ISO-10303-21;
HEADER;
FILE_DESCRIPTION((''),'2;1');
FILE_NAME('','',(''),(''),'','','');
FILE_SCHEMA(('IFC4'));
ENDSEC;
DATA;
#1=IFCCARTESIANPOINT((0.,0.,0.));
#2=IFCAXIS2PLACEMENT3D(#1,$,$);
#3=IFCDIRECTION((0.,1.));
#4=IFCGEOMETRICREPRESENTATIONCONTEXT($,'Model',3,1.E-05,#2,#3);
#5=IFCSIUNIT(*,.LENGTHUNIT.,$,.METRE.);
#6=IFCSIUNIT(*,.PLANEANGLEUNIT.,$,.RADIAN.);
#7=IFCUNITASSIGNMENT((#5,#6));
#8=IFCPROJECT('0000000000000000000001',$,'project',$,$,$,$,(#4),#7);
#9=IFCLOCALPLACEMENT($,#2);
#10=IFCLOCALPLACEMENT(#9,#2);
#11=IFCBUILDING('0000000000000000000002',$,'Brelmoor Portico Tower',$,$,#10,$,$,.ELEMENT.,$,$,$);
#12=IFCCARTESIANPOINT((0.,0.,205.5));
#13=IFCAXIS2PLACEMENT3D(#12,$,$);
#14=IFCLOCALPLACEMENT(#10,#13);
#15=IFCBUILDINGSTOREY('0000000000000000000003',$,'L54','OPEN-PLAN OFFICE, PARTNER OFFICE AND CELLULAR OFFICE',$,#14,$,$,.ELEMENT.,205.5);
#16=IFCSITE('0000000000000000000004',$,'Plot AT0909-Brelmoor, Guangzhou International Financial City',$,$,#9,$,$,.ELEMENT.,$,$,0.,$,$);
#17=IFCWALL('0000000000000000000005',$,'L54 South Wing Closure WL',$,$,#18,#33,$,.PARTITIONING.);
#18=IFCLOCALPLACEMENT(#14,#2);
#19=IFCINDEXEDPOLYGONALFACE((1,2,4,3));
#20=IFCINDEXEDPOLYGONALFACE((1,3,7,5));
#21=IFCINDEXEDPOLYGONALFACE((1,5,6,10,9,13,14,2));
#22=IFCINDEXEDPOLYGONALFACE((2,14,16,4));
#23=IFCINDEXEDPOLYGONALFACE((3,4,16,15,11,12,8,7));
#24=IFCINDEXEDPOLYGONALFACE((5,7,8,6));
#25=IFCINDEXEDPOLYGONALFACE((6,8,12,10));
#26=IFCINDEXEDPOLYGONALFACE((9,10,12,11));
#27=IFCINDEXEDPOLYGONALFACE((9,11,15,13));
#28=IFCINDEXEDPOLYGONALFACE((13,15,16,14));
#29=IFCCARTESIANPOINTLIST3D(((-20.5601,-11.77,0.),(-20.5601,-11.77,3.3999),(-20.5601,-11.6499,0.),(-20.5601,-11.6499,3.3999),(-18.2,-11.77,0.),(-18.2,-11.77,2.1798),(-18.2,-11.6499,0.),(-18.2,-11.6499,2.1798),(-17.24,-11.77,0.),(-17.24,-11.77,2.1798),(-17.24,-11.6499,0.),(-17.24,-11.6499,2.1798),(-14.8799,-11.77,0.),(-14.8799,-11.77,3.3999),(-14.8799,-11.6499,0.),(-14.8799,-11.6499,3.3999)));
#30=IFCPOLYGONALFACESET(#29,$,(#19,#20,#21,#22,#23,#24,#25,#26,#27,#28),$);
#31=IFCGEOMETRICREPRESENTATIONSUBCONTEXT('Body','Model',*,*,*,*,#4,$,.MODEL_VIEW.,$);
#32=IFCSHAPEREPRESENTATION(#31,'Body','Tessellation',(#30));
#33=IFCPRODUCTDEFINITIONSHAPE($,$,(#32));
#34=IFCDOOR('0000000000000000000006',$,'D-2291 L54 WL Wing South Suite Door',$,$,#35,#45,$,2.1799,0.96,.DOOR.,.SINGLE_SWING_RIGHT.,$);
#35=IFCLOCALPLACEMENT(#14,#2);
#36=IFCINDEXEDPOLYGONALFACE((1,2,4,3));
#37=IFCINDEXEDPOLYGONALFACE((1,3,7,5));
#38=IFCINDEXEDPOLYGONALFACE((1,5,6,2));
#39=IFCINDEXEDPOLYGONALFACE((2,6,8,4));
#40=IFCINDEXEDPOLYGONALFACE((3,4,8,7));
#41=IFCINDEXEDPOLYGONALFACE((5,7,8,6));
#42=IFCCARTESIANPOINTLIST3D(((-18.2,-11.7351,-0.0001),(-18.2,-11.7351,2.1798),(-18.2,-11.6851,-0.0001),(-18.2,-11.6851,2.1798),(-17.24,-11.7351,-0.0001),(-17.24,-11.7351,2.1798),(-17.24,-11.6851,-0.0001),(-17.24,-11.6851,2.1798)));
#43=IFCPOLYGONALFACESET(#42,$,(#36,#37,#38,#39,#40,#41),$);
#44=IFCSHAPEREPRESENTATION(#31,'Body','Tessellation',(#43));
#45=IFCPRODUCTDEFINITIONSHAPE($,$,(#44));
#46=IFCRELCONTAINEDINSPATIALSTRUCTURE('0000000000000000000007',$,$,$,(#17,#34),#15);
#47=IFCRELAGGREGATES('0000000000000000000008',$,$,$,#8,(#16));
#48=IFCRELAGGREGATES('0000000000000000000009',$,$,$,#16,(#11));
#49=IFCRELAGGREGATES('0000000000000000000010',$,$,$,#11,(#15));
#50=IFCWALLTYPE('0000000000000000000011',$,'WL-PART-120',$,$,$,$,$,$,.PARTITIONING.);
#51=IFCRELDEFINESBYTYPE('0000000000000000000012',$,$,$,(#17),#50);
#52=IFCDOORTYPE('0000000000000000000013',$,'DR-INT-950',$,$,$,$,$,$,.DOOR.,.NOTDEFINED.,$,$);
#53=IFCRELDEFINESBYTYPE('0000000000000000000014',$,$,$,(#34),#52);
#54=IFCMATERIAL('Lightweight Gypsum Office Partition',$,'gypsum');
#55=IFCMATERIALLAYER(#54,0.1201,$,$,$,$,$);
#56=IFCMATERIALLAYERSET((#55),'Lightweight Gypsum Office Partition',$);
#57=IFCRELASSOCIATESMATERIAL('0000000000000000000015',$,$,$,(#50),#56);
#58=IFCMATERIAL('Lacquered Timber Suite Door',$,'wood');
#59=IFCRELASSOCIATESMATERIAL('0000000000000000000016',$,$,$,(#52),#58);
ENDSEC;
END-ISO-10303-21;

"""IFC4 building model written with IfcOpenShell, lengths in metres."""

from ifc_helpers import new_model, si_unit, direction, frame, frame_2d, origin, place, context, subcontext, project, spatial, rectangle, extrude, material, layer, layer_set, type_object, element, fill, save


model = new_model("IFC4")

# Units and contexts
model_context = context("Model", 3, precision=1e-05, world=origin(), true_north=direction((0.0, 1.0)))
body_context = subcontext(model_context, "Body", "Model", "MODEL_VIEW")
ifc_project = project(units=[si_unit("LENGTHUNIT", "METRE"), si_unit("PLANEANGLEUNIT", "RADIAN")], contexts=[model_context])

# Site, building, storey
site_placement = place(None, origin())
site = spatial("IfcSite", under=ifc_project, at=site_placement, Name="Plot AT0909-Brelmoor, Guangzhou International Financial City", CompositionType="ELEMENT", RefElevation=0.0)
building_placement = place(site_placement, origin())
building = spatial("IfcBuilding", under=site, at=building_placement, Name="Brelmoor Portico Tower", CompositionType="ELEMENT")
storey_placement = place(building_placement, frame((0.0, 0.0, 205.5)))
storey = spatial("IfcBuildingStorey", under=building, at=storey_placement, Name="L54", Description="OPEN-PLAN OFFICE, PARTNER OFFICE AND CELLULAR OFFICE", CompositionType="ELEMENT", Elevation=205.5)

# Wall, opening, door
ifc_material_1 = material(Name="Lightweight Gypsum Office Partition", Category="gypsum")
ifc_layer_1 = layer(ifc_material_1, 0.1201)
ifc_layer_set_1 = layer_set([ifc_layer_1], Name="Lightweight Gypsum Office Partition")
wall_type_1 = type_object("IfcWallType", Name="WL-PART-120", PredefinedType="PARTITIONING", material=ifc_layer_set_1)
wall_1_placement = place(storey_placement, frame((-20.5601, -11.71, 0.0), z_axis=(0.0, 0.0, 1.0), x_axis=(1.0, 0.0, 0.0)))
wall_1 = element("IfcWall", 1, at=wall_1_placement, inside=storey, type_object=wall_type_1, Name="L54 South Wing Closure WL", PredefinedType="PARTITIONING", context=body_context, shape_type="SweptSolid", body=[
    extrude(rectangle(XDim=5.6802, YDim=0.1201, at=frame_2d((2.8401, 0.0))), origin(), (0.0, 0.0, 1.0), 3.3999),
])
opening_placement = place(wall_1_placement, frame((2.3601, 0.0, 0.0)))
opening = element("IfcOpeningElement", 2, at=opening_placement, cuts=wall_1, PredefinedType="OPENING", context=body_context, shape_type="SweptSolid", body=[
    extrude(rectangle(XDim=0.96, YDim=2.1799, at=frame_2d((0.48, 1.0898))), frame((0.0, 0.0701, 0.0), z_axis=(0.0, -1.0, 0.0), x_axis=(1.0, 0.0, 0.0)), (0.0, 0.0, 1.0), 0.1401),
])
ifc_material_2 = material(Name="Lacquered Timber Suite Door", Category="wood")
door_type = type_object("IfcDoorType", Name="DR-INT-950", OperationType="NOTDEFINED", PredefinedType="DOOR", material=ifc_material_2)
door_placement = place(opening_placement, origin())
door = element("IfcDoor", 3, at=door_placement, inside=storey, type_object=door_type, Name="D-2291 L54 WL Wing South Suite Door", OperationType="SINGLE_SWING_RIGHT", OverallHeight=2.1799, OverallWidth=0.96, PredefinedType="DOOR", context=body_context, shape_type="SweptSolid", body=[
    extrude(rectangle(XDim=0.96, YDim=2.1799, at=frame_2d((0.48, 1.0898))), frame((0.0, 0.0249, 0.0), z_axis=(0.0, -1.0, 0.0), x_axis=(1.0, 0.0, 0.0)), (0.0, 0.0, 1.0), 0.05),
])
fill(opening, door)

save(model, "model.ifc")
